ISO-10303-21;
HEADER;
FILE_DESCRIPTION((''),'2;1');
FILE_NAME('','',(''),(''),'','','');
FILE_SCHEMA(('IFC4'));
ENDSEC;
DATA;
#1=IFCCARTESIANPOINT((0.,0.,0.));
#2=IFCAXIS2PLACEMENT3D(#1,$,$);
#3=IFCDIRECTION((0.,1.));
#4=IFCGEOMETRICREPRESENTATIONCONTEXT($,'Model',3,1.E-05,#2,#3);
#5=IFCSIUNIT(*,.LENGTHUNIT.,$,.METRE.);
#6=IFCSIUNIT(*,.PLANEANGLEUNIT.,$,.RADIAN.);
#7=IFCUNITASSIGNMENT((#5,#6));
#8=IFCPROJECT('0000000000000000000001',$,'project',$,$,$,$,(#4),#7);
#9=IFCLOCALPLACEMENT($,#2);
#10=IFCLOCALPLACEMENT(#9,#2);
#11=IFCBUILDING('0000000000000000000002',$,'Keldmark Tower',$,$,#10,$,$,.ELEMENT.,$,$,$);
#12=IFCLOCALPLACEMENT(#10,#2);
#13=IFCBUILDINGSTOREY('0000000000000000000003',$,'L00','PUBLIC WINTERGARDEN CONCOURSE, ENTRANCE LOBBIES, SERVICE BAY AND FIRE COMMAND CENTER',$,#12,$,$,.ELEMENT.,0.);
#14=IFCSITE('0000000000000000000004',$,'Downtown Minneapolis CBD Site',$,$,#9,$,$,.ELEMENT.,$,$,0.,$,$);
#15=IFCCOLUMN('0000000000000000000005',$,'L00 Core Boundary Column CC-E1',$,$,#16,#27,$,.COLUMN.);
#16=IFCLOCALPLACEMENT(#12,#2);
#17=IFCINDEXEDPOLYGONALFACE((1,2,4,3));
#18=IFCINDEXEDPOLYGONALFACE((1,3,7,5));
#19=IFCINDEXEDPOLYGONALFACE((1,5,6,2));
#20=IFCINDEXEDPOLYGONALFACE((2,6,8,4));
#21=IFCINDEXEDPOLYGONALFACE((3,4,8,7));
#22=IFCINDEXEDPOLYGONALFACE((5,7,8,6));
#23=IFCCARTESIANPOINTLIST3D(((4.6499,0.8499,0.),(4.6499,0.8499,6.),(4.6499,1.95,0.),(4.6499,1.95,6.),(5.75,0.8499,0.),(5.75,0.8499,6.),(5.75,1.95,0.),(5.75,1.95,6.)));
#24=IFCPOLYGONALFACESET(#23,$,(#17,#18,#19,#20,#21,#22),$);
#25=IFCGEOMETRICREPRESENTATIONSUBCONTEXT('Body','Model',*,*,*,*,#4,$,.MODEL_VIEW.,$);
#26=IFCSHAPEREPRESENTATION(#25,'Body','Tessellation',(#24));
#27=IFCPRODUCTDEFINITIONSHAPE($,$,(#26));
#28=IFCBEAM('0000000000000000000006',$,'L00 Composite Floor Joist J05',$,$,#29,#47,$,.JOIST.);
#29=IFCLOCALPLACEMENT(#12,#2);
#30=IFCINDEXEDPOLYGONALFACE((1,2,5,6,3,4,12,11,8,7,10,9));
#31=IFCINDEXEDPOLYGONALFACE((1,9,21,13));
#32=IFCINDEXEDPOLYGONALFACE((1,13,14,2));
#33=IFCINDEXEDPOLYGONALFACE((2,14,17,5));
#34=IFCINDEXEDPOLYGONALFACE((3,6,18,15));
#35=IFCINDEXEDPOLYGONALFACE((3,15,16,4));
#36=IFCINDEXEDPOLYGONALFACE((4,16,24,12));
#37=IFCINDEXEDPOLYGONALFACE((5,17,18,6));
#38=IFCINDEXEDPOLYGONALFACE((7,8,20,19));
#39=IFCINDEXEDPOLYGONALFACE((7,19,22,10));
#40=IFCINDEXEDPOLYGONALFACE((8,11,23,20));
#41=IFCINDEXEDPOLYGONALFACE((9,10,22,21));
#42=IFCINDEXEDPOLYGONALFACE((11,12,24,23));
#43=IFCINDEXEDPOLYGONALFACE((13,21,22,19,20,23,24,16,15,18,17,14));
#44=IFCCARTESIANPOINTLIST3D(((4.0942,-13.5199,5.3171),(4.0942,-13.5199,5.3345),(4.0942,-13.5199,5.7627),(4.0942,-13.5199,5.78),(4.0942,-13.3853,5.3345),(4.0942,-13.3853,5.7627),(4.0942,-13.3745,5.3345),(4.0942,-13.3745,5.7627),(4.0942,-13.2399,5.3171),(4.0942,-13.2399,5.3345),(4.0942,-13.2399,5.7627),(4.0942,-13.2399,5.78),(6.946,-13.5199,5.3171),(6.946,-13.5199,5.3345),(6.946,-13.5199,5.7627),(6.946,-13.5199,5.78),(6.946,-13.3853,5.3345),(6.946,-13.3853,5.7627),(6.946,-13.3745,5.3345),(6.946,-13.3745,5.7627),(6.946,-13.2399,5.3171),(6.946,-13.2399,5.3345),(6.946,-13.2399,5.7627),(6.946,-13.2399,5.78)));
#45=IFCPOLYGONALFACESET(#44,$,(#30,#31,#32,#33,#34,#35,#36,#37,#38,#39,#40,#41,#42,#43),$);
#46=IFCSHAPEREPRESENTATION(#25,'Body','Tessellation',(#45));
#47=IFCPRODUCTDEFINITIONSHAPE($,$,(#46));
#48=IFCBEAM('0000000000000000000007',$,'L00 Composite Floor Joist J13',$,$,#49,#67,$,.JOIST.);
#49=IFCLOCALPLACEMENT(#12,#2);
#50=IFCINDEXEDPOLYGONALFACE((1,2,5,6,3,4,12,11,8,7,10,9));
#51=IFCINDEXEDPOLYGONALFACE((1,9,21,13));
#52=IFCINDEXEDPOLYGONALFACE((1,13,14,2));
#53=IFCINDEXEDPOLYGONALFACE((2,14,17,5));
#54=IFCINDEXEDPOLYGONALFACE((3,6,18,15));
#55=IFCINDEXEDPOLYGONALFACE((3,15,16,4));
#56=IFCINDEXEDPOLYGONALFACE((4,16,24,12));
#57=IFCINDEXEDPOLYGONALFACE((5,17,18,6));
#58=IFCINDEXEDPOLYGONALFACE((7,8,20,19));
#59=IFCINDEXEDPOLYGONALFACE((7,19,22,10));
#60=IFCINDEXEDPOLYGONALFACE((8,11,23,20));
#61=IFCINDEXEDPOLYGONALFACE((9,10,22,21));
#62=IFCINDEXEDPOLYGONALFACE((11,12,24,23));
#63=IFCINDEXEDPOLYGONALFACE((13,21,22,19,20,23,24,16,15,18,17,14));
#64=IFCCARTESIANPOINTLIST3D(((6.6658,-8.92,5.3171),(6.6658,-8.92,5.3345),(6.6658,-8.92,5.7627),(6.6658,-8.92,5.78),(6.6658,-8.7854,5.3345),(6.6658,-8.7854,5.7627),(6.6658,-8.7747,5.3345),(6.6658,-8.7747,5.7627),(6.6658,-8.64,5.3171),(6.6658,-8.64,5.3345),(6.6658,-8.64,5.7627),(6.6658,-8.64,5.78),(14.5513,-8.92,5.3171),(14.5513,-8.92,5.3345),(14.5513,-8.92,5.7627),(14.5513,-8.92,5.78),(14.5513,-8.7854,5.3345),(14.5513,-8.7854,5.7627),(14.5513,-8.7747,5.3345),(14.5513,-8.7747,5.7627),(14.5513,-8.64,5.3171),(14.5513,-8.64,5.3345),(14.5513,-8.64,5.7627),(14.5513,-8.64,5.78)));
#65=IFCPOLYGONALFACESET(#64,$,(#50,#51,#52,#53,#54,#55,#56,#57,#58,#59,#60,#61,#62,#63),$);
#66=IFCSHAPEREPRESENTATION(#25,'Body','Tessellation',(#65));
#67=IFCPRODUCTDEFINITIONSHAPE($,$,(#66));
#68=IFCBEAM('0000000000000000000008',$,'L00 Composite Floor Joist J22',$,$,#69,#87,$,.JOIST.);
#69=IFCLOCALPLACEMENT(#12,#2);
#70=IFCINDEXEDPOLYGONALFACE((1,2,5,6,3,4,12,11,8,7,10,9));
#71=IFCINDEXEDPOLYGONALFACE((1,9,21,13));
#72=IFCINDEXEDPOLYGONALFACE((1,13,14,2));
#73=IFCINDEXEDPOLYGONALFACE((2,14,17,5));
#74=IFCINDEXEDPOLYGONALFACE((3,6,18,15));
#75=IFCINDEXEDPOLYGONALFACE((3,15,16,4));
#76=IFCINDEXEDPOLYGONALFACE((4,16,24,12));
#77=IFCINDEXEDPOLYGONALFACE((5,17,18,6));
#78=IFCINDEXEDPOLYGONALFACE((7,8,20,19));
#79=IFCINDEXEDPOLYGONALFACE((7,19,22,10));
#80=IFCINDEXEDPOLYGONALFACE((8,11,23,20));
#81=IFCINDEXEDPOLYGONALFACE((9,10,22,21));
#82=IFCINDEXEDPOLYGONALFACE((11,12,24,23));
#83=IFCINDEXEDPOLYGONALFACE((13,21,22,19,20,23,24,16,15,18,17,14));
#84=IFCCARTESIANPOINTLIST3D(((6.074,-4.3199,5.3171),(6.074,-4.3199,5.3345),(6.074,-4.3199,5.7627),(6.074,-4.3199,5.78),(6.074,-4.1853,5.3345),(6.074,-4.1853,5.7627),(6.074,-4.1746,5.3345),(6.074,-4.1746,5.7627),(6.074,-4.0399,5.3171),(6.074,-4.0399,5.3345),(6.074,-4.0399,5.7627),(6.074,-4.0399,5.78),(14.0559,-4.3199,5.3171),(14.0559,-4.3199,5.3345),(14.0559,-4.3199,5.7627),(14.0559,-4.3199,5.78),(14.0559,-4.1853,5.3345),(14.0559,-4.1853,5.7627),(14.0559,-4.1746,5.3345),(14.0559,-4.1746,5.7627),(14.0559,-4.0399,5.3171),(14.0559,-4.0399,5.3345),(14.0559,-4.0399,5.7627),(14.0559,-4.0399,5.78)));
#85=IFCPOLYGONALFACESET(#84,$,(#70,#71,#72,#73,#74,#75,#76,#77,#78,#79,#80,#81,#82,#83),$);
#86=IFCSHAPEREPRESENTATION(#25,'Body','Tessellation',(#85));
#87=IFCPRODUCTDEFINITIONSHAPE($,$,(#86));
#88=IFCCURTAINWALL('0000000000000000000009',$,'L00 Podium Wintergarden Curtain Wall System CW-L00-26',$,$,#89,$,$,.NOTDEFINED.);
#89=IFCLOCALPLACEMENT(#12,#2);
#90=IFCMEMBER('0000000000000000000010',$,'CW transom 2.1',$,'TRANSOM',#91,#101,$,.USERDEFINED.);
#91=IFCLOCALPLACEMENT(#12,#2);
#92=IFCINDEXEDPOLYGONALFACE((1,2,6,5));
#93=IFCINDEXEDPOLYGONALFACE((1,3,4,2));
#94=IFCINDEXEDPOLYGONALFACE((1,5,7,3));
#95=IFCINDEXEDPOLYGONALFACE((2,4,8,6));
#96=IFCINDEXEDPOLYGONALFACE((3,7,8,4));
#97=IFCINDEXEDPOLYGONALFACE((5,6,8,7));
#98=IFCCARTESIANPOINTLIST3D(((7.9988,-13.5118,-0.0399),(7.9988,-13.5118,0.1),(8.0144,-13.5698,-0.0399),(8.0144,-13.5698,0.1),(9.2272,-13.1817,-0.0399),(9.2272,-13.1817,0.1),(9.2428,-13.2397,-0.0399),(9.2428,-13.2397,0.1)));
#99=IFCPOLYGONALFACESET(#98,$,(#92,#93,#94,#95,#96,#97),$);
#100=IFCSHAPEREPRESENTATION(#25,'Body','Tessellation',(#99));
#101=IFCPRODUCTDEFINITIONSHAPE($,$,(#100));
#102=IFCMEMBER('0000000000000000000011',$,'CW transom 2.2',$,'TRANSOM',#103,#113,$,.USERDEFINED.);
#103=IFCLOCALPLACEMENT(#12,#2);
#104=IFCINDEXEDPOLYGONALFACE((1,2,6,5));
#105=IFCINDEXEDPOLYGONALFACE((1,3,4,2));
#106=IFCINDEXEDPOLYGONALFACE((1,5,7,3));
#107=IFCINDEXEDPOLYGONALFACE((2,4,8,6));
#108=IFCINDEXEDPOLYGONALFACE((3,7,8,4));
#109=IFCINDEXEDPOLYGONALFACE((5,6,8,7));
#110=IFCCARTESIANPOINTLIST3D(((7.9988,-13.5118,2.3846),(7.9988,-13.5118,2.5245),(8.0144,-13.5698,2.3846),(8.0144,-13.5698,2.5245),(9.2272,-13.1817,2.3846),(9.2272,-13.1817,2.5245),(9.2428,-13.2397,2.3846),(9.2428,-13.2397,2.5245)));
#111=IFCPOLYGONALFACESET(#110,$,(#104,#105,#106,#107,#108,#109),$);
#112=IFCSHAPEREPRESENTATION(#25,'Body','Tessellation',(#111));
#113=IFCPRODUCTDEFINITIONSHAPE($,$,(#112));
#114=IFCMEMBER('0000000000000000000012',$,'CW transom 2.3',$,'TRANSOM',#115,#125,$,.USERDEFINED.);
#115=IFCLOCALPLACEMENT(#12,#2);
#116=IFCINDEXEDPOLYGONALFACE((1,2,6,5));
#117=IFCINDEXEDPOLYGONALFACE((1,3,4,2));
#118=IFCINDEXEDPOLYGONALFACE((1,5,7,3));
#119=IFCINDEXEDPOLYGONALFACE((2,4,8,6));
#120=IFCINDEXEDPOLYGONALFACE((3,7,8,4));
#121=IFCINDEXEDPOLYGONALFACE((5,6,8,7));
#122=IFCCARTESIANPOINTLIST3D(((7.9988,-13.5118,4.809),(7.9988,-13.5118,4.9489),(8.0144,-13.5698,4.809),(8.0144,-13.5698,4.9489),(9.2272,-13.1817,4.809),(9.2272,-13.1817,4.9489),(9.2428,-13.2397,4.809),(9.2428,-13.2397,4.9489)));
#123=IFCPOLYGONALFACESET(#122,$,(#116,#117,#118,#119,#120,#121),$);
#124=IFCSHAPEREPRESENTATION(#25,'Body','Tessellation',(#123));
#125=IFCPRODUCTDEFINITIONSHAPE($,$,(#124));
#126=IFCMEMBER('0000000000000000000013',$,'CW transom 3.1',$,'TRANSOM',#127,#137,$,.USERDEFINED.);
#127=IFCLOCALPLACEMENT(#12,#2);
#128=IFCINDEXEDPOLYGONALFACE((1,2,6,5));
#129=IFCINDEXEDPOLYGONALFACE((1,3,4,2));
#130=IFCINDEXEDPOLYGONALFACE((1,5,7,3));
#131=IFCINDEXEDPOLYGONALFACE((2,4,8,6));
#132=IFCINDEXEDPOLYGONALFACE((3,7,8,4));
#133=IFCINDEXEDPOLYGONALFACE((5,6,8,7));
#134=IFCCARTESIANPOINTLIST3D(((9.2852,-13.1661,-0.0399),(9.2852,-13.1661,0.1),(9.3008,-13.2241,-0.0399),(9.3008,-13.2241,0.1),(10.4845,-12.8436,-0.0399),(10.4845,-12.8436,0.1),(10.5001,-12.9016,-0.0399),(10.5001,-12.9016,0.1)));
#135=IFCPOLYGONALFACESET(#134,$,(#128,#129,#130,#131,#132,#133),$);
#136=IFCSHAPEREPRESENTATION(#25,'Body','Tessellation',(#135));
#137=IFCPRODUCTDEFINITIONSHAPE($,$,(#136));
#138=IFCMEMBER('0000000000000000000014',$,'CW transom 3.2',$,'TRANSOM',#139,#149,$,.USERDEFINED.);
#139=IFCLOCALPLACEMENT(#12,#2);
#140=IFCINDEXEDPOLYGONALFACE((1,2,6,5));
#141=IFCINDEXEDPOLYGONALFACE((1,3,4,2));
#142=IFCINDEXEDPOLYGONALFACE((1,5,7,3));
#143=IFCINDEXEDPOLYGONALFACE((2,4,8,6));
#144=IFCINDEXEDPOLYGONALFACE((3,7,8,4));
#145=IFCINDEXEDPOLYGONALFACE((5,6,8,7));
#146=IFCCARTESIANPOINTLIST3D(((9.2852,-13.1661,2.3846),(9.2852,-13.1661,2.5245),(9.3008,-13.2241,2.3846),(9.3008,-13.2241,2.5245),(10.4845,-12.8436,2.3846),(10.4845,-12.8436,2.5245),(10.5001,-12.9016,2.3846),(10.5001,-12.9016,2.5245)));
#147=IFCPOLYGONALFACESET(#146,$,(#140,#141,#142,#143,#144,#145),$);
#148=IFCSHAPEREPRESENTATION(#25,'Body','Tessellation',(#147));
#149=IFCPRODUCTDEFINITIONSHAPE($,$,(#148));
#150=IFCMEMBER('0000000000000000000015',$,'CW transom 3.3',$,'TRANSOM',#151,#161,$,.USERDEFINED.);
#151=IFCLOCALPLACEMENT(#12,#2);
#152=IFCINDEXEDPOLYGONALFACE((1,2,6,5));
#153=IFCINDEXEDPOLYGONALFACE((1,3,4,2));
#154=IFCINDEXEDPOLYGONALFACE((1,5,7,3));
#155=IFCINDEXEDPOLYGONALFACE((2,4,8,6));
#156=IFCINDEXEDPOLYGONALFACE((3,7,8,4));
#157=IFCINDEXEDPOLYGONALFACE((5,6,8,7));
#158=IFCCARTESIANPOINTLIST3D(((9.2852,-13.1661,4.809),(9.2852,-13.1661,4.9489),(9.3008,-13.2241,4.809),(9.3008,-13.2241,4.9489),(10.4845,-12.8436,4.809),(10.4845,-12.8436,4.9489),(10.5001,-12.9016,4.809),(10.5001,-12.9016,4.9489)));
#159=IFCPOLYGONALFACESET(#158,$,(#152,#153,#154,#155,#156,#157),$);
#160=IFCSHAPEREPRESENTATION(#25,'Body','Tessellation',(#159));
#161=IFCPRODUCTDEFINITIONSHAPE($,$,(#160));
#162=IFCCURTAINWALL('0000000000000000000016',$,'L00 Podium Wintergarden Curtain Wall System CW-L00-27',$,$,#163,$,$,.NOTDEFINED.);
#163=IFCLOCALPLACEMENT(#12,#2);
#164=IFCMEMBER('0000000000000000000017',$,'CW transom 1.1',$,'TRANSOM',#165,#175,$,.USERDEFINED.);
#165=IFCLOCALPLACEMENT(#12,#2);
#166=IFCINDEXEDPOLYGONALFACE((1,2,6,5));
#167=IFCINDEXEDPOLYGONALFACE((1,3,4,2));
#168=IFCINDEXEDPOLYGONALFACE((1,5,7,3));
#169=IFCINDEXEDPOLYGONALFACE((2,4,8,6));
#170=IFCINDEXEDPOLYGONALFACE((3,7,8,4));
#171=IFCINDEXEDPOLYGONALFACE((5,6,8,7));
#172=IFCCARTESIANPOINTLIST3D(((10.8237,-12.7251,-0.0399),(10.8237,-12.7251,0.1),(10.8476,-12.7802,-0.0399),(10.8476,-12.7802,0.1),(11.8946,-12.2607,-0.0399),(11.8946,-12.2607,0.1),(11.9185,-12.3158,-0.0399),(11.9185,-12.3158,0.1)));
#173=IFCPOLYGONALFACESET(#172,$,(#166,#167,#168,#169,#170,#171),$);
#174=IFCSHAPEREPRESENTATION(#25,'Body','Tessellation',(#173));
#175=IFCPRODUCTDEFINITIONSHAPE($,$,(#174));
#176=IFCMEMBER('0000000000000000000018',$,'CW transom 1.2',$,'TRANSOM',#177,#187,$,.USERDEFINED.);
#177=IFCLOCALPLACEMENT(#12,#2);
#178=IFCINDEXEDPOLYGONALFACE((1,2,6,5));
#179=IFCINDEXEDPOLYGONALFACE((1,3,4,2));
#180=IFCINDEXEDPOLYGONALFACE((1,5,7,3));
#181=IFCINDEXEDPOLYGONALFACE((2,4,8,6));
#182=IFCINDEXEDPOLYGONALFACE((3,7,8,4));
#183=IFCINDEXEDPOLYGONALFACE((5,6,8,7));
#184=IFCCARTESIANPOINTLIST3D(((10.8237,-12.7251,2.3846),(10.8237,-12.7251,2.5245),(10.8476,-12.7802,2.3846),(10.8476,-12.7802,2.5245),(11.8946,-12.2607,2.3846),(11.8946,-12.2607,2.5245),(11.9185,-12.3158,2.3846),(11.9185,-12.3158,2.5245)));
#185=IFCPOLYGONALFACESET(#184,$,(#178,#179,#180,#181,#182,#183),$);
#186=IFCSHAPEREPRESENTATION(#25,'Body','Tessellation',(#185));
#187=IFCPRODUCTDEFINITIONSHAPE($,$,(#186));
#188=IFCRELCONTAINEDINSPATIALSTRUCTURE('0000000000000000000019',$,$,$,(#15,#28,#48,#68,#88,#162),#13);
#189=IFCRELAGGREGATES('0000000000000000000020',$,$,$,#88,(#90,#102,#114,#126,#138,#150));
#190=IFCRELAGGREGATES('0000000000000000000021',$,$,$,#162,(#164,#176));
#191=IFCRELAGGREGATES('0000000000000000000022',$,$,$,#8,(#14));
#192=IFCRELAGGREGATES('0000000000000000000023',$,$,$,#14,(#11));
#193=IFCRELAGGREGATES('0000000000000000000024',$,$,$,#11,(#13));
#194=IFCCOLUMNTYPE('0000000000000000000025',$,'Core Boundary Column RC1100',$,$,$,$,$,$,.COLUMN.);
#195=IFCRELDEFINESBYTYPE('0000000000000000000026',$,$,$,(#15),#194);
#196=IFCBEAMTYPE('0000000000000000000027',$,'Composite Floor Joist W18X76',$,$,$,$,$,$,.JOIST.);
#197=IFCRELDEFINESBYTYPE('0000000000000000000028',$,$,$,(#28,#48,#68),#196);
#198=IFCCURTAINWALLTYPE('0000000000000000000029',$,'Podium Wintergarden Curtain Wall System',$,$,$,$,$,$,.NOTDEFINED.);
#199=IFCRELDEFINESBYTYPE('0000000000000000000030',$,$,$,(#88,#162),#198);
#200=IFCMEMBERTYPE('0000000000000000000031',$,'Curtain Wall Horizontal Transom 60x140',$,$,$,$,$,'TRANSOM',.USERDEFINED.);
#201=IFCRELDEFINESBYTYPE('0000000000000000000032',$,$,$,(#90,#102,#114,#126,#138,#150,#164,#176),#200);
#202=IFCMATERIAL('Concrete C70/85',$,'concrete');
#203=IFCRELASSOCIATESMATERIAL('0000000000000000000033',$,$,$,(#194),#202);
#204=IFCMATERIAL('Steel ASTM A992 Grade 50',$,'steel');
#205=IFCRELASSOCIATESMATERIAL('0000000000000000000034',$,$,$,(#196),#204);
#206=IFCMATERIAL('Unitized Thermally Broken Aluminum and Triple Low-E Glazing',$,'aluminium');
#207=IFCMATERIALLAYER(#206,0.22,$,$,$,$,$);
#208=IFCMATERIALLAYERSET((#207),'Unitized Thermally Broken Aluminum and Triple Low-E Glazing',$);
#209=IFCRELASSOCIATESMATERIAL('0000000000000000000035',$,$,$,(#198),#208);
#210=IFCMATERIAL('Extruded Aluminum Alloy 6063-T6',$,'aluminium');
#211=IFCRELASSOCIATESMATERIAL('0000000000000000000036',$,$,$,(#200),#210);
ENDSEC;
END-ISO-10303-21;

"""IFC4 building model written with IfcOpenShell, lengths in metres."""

from ifc_helpers import new_model, si_unit, direction, frame, origin, origin_2d, place, context, subcontext, project, spatial, rectangle, i_section, extrude, material, layer, layer_set, material_profile, profile_set, type_object, element, aggregate, save


model = new_model("IFC4")

# Units and contexts
model_context = context("Model", 3, precision=1e-05, world=origin(), true_north=direction((0.0, 1.0)))
body_context = subcontext(model_context, "Body", "Model", "MODEL_VIEW")
ifc_project = project(units=[si_unit("LENGTHUNIT", "METRE"), si_unit("PLANEANGLEUNIT", "RADIAN")], contexts=[model_context])

# Site, building, storey
site_placement = place(None, origin())
site = spatial("IfcSite", under=ifc_project, at=site_placement, Name="Downtown Minneapolis CBD Site", CompositionType="ELEMENT", RefElevation=0.0)
building_placement = place(site_placement, origin())
building = spatial("IfcBuilding", under=site, at=building_placement, Name="Keldmark Tower", CompositionType="ELEMENT")
storey_placement = place(building_placement, origin())
storey = spatial("IfcBuildingStorey", under=building, at=storey_placement, Name="L00", Description="PUBLIC WINTERGARDEN CONCOURSE, ENTRANCE LOBBIES, SERVICE BAY AND FIRE COMMAND CENTER", CompositionType="ELEMENT", Elevation=0.0)

# Column
ifc_material_1 = material(Name="Concrete C70/85", Category="concrete")
ifc_material_profile_1 = material_profile(ifc_material_1, rectangle(XDim=1.1001, YDim=1.1001, at=origin_2d()), Name="RC1100X1100")
ifc_profile_set_1 = profile_set([ifc_material_profile_1], Name="Concrete C70/85")
column_type = type_object("IfcColumnType", Name="Core Boundary Column RC1100", PredefinedType="COLUMN", material=ifc_profile_set_1)
column_placement = place(storey_placement, frame((5.2, 1.3999, 0.0), z_axis=(0.0, 0.0, 1.0), x_axis=(1.0, 0.0, 0.0)))
element("IfcColumn", 1, at=column_placement, inside=storey, type_object=column_type, Name="L00 Core Boundary Column CC-E1", PredefinedType="COLUMN", context=body_context, shape_type="SweptSolid", body=[
    extrude(rectangle(XDim=1.1001, YDim=1.1001, at=origin_2d()), origin(), (0.0, 0.0, 1.0), 6.0),
])

# Beams
ifc_material_2 = material(Name="Steel ASTM A992 Grade 50", Category="steel")
ifc_material_profile_2 = material_profile(ifc_material_2, i_section(OverallWidth=0.28, OverallDepth=0.4629, WebThickness=0.0107, FlangeThickness=0.0173, at=origin_2d()), Name="W18X76")
ifc_profile_set_2 = profile_set([ifc_material_profile_2], Name="Steel ASTM A992 Grade 50")
beam_type_1 = type_object("IfcBeamType", Name="Composite Floor Joist W18X76", PredefinedType="JOIST", material=ifc_profile_set_2)
beam_1_placement = place(storey_placement, frame((4.0942, -13.3799, 5.5486), z_axis=(1.0, 0.0, 0.0), x_axis=(0.0, 1.0, 0.0)))
element("IfcBeam", 2, at=beam_1_placement, inside=storey, type_object=beam_type_1, Name="L00 Composite Floor Joist J05", PredefinedType="JOIST", context=body_context, shape_type="SweptSolid", body=[
    extrude(i_section(OverallWidth=0.28, OverallDepth=0.4629, WebThickness=0.0107, FlangeThickness=0.0173, at=origin_2d()), origin(), (0.0, 0.0, 1.0), 2.8518),
])
beam_2_placement = place(storey_placement, frame((6.6658, -8.78, 5.5486), z_axis=(1.0, 0.0, 0.0), x_axis=(0.0, 1.0, 0.0)))
element("IfcBeam", 3, at=beam_2_placement, inside=storey, type_object=beam_type_1, Name="L00 Composite Floor Joist J13", PredefinedType="JOIST", context=body_context, shape_type="SweptSolid", body=[
    extrude(i_section(OverallWidth=0.28, OverallDepth=0.4629, WebThickness=0.0107, FlangeThickness=0.0173, at=origin_2d()), origin(), (0.0, 0.0, 1.0), 7.8855),
])
beam_3_placement = place(storey_placement, frame((6.074, -4.1799, 5.5486), z_axis=(1.0, 0.0, 0.0), x_axis=(0.0, 1.0, 0.0)))
element("IfcBeam", 4, at=beam_3_placement, inside=storey, type_object=beam_type_1, Name="L00 Composite Floor Joist J22", PredefinedType="JOIST", context=body_context, shape_type="SweptSolid", body=[
    extrude(i_section(OverallWidth=0.28, OverallDepth=0.4629, WebThickness=0.0107, FlangeThickness=0.0173, at=origin_2d()), origin(), (0.0, 0.0, 1.0), 7.9819),
])

# Curtain walls, members
ifc_material_3 = material(Name="Unitized Thermally Broken Aluminum and Triple Low-E Glazing", Category="aluminium")
ifc_layer_1 = layer(ifc_material_3, 0.22)
ifc_layer_set_1 = layer_set([ifc_layer_1], Name="Unitized Thermally Broken Aluminum and Triple Low-E Glazing")
curtain_wall_type = type_object("IfcCurtainWallType", Name="Podium Wintergarden Curtain Wall System", PredefinedType="NOTDEFINED", material=ifc_layer_set_1)
curtain_wall_1_placement = place(storey_placement, origin())
curtain_wall_1 = element("IfcCurtainWall", 5, at=curtain_wall_1_placement, inside=storey, type_object=curtain_wall_type, Name="L00 Podium Wintergarden Curtain Wall System CW-L00-26", PredefinedType="NOTDEFINED")
ifc_material_4 = material(Name="Extruded Aluminum Alloy 6063-T6", Category="aluminium")
ifc_material_profile_3 = material_profile(ifc_material_4, rectangle(XDim=0.0601, YDim=0.1399, at=origin_2d()), Name="CWT60X140")
ifc_profile_set_3 = profile_set([ifc_material_profile_3], Name="Extruded Aluminum Alloy 6063-T6")
member_type_1 = type_object("IfcMemberType", Name="Curtain Wall Horizontal Transom 60x140", ElementType="TRANSOM", PredefinedType="USERDEFINED", material=ifc_profile_set_3)
member_1_placement = place(storey_placement, frame((8.0066, -13.5408, 0.03), z_axis=(0.965749, 0.259478, 0.0), x_axis=(-0.259478, 0.965749, 0.0)))
member_1 = element("IfcMember", 6, at=member_1_placement, type_object=member_type_1, Name="CW transom 2.1", ObjectType="TRANSOM", PredefinedType="USERDEFINED", context=body_context, shape_type="SweptSolid", body=[
    extrude(rectangle(XDim=0.0601, YDim=0.1399, at=origin_2d()), origin(), (0.0, 0.0, 1.0), 1.272),
])
member_2_placement = place(storey_placement, frame((8.0066, -13.5408, 2.4546), z_axis=(0.965749, 0.259478, 0.0), x_axis=(-0.259478, 0.965749, 0.0)))
member_2 = element("IfcMember", 7, at=member_2_placement, type_object=member_type_1, Name="CW transom 2.2", ObjectType="TRANSOM", PredefinedType="USERDEFINED", context=body_context, shape_type="SweptSolid", body=[
    extrude(rectangle(XDim=0.0601, YDim=0.1399, at=origin_2d()), origin(), (0.0, 0.0, 1.0), 1.272),
])
member_3_placement = place(storey_placement, frame((8.0066, -13.5408, 4.8789), z_axis=(0.965749, 0.259478, 0.0), x_axis=(-0.259478, 0.965749, 0.0)))
member_3 = element("IfcMember", 8, at=member_3_placement, type_object=member_type_1, Name="CW transom 2.3", ObjectType="TRANSOM", PredefinedType="USERDEFINED", context=body_context, shape_type="SweptSolid", body=[
    extrude(rectangle(XDim=0.0601, YDim=0.1399, at=origin_2d()), origin(), (0.0, 0.0, 1.0), 1.272),
])
member_4_placement = place(storey_placement, frame((9.293, -13.1951, 0.03), z_axis=(0.965701, 0.259656, 0.0), x_axis=(-0.259656, 0.965701, 0.0)))
member_4 = element("IfcMember", 9, at=member_4_placement, type_object=member_type_1, Name="CW transom 3.1", ObjectType="TRANSOM", PredefinedType="USERDEFINED", context=body_context, shape_type="SweptSolid", body=[
    extrude(rectangle(XDim=0.0601, YDim=0.1399, at=origin_2d()), origin(), (0.0, 0.0, 1.0), 1.2419),
])
member_5_placement = place(storey_placement, frame((9.293, -13.1951, 2.4546), z_axis=(0.965701, 0.259656, 0.0), x_axis=(-0.259656, 0.965701, 0.0)))
member_5 = element("IfcMember", 10, at=member_5_placement, type_object=member_type_1, Name="CW transom 3.2", ObjectType="TRANSOM", PredefinedType="USERDEFINED", context=body_context, shape_type="SweptSolid", body=[
    extrude(rectangle(XDim=0.0601, YDim=0.1399, at=origin_2d()), origin(), (0.0, 0.0, 1.0), 1.2419),
])
member_6_placement = place(storey_placement, frame((9.293, -13.1951, 4.8789), z_axis=(0.965701, 0.259656, 0.0), x_axis=(-0.259656, 0.965701, 0.0)))
member_6 = element("IfcMember", 11, at=member_6_placement, type_object=member_type_1, Name="CW transom 3.3", ObjectType="TRANSOM", PredefinedType="USERDEFINED", context=body_context, shape_type="SweptSolid", body=[
    extrude(rectangle(XDim=0.0601, YDim=0.1399, at=origin_2d()), origin(), (0.0, 0.0, 1.0), 1.2419),
])
curtain_wall_2_placement = place(storey_placement, origin())
curtain_wall_2 = element("IfcCurtainWall", 12, at=curtain_wall_2_placement, inside=storey, type_object=curtain_wall_type, Name="L00 Podium Wintergarden Curtain Wall System CW-L00-27", PredefinedType="NOTDEFINED")
member_7_placement = place(storey_placement, frame((10.8357, -12.7527, 0.03), z_axis=(0.917449, 0.397854, 0.0), x_axis=(-0.397854, 0.917449, 0.0)))
member_7 = element("IfcMember", 13, at=member_7_placement, type_object=member_type_1, Name="CW transom 1.1", ObjectType="TRANSOM", PredefinedType="USERDEFINED", context=body_context, shape_type="SweptSolid", body=[
    extrude(rectangle(XDim=0.0601, YDim=0.1399, at=origin_2d()), origin(), (0.0, 0.0, 1.0), 1.1672),
])
member_8_placement = place(storey_placement, frame((10.8357, -12.7527, 2.4546), z_axis=(0.917449, 0.397854, 0.0), x_axis=(-0.397854, 0.917449, 0.0)))
member_8 = element("IfcMember", 14, at=member_8_placement, type_object=member_type_1, Name="CW transom 1.2", ObjectType="TRANSOM", PredefinedType="USERDEFINED", context=body_context, shape_type="SweptSolid", body=[
    extrude(rectangle(XDim=0.0601, YDim=0.1399, at=origin_2d()), origin(), (0.0, 0.0, 1.0), 1.1672),
])

aggregate(curtain_wall_1, [member_1, member_2, member_3, member_4, member_5, member_6])
aggregate(curtain_wall_2, [member_7, member_8])

save(model, "model.ifc")
